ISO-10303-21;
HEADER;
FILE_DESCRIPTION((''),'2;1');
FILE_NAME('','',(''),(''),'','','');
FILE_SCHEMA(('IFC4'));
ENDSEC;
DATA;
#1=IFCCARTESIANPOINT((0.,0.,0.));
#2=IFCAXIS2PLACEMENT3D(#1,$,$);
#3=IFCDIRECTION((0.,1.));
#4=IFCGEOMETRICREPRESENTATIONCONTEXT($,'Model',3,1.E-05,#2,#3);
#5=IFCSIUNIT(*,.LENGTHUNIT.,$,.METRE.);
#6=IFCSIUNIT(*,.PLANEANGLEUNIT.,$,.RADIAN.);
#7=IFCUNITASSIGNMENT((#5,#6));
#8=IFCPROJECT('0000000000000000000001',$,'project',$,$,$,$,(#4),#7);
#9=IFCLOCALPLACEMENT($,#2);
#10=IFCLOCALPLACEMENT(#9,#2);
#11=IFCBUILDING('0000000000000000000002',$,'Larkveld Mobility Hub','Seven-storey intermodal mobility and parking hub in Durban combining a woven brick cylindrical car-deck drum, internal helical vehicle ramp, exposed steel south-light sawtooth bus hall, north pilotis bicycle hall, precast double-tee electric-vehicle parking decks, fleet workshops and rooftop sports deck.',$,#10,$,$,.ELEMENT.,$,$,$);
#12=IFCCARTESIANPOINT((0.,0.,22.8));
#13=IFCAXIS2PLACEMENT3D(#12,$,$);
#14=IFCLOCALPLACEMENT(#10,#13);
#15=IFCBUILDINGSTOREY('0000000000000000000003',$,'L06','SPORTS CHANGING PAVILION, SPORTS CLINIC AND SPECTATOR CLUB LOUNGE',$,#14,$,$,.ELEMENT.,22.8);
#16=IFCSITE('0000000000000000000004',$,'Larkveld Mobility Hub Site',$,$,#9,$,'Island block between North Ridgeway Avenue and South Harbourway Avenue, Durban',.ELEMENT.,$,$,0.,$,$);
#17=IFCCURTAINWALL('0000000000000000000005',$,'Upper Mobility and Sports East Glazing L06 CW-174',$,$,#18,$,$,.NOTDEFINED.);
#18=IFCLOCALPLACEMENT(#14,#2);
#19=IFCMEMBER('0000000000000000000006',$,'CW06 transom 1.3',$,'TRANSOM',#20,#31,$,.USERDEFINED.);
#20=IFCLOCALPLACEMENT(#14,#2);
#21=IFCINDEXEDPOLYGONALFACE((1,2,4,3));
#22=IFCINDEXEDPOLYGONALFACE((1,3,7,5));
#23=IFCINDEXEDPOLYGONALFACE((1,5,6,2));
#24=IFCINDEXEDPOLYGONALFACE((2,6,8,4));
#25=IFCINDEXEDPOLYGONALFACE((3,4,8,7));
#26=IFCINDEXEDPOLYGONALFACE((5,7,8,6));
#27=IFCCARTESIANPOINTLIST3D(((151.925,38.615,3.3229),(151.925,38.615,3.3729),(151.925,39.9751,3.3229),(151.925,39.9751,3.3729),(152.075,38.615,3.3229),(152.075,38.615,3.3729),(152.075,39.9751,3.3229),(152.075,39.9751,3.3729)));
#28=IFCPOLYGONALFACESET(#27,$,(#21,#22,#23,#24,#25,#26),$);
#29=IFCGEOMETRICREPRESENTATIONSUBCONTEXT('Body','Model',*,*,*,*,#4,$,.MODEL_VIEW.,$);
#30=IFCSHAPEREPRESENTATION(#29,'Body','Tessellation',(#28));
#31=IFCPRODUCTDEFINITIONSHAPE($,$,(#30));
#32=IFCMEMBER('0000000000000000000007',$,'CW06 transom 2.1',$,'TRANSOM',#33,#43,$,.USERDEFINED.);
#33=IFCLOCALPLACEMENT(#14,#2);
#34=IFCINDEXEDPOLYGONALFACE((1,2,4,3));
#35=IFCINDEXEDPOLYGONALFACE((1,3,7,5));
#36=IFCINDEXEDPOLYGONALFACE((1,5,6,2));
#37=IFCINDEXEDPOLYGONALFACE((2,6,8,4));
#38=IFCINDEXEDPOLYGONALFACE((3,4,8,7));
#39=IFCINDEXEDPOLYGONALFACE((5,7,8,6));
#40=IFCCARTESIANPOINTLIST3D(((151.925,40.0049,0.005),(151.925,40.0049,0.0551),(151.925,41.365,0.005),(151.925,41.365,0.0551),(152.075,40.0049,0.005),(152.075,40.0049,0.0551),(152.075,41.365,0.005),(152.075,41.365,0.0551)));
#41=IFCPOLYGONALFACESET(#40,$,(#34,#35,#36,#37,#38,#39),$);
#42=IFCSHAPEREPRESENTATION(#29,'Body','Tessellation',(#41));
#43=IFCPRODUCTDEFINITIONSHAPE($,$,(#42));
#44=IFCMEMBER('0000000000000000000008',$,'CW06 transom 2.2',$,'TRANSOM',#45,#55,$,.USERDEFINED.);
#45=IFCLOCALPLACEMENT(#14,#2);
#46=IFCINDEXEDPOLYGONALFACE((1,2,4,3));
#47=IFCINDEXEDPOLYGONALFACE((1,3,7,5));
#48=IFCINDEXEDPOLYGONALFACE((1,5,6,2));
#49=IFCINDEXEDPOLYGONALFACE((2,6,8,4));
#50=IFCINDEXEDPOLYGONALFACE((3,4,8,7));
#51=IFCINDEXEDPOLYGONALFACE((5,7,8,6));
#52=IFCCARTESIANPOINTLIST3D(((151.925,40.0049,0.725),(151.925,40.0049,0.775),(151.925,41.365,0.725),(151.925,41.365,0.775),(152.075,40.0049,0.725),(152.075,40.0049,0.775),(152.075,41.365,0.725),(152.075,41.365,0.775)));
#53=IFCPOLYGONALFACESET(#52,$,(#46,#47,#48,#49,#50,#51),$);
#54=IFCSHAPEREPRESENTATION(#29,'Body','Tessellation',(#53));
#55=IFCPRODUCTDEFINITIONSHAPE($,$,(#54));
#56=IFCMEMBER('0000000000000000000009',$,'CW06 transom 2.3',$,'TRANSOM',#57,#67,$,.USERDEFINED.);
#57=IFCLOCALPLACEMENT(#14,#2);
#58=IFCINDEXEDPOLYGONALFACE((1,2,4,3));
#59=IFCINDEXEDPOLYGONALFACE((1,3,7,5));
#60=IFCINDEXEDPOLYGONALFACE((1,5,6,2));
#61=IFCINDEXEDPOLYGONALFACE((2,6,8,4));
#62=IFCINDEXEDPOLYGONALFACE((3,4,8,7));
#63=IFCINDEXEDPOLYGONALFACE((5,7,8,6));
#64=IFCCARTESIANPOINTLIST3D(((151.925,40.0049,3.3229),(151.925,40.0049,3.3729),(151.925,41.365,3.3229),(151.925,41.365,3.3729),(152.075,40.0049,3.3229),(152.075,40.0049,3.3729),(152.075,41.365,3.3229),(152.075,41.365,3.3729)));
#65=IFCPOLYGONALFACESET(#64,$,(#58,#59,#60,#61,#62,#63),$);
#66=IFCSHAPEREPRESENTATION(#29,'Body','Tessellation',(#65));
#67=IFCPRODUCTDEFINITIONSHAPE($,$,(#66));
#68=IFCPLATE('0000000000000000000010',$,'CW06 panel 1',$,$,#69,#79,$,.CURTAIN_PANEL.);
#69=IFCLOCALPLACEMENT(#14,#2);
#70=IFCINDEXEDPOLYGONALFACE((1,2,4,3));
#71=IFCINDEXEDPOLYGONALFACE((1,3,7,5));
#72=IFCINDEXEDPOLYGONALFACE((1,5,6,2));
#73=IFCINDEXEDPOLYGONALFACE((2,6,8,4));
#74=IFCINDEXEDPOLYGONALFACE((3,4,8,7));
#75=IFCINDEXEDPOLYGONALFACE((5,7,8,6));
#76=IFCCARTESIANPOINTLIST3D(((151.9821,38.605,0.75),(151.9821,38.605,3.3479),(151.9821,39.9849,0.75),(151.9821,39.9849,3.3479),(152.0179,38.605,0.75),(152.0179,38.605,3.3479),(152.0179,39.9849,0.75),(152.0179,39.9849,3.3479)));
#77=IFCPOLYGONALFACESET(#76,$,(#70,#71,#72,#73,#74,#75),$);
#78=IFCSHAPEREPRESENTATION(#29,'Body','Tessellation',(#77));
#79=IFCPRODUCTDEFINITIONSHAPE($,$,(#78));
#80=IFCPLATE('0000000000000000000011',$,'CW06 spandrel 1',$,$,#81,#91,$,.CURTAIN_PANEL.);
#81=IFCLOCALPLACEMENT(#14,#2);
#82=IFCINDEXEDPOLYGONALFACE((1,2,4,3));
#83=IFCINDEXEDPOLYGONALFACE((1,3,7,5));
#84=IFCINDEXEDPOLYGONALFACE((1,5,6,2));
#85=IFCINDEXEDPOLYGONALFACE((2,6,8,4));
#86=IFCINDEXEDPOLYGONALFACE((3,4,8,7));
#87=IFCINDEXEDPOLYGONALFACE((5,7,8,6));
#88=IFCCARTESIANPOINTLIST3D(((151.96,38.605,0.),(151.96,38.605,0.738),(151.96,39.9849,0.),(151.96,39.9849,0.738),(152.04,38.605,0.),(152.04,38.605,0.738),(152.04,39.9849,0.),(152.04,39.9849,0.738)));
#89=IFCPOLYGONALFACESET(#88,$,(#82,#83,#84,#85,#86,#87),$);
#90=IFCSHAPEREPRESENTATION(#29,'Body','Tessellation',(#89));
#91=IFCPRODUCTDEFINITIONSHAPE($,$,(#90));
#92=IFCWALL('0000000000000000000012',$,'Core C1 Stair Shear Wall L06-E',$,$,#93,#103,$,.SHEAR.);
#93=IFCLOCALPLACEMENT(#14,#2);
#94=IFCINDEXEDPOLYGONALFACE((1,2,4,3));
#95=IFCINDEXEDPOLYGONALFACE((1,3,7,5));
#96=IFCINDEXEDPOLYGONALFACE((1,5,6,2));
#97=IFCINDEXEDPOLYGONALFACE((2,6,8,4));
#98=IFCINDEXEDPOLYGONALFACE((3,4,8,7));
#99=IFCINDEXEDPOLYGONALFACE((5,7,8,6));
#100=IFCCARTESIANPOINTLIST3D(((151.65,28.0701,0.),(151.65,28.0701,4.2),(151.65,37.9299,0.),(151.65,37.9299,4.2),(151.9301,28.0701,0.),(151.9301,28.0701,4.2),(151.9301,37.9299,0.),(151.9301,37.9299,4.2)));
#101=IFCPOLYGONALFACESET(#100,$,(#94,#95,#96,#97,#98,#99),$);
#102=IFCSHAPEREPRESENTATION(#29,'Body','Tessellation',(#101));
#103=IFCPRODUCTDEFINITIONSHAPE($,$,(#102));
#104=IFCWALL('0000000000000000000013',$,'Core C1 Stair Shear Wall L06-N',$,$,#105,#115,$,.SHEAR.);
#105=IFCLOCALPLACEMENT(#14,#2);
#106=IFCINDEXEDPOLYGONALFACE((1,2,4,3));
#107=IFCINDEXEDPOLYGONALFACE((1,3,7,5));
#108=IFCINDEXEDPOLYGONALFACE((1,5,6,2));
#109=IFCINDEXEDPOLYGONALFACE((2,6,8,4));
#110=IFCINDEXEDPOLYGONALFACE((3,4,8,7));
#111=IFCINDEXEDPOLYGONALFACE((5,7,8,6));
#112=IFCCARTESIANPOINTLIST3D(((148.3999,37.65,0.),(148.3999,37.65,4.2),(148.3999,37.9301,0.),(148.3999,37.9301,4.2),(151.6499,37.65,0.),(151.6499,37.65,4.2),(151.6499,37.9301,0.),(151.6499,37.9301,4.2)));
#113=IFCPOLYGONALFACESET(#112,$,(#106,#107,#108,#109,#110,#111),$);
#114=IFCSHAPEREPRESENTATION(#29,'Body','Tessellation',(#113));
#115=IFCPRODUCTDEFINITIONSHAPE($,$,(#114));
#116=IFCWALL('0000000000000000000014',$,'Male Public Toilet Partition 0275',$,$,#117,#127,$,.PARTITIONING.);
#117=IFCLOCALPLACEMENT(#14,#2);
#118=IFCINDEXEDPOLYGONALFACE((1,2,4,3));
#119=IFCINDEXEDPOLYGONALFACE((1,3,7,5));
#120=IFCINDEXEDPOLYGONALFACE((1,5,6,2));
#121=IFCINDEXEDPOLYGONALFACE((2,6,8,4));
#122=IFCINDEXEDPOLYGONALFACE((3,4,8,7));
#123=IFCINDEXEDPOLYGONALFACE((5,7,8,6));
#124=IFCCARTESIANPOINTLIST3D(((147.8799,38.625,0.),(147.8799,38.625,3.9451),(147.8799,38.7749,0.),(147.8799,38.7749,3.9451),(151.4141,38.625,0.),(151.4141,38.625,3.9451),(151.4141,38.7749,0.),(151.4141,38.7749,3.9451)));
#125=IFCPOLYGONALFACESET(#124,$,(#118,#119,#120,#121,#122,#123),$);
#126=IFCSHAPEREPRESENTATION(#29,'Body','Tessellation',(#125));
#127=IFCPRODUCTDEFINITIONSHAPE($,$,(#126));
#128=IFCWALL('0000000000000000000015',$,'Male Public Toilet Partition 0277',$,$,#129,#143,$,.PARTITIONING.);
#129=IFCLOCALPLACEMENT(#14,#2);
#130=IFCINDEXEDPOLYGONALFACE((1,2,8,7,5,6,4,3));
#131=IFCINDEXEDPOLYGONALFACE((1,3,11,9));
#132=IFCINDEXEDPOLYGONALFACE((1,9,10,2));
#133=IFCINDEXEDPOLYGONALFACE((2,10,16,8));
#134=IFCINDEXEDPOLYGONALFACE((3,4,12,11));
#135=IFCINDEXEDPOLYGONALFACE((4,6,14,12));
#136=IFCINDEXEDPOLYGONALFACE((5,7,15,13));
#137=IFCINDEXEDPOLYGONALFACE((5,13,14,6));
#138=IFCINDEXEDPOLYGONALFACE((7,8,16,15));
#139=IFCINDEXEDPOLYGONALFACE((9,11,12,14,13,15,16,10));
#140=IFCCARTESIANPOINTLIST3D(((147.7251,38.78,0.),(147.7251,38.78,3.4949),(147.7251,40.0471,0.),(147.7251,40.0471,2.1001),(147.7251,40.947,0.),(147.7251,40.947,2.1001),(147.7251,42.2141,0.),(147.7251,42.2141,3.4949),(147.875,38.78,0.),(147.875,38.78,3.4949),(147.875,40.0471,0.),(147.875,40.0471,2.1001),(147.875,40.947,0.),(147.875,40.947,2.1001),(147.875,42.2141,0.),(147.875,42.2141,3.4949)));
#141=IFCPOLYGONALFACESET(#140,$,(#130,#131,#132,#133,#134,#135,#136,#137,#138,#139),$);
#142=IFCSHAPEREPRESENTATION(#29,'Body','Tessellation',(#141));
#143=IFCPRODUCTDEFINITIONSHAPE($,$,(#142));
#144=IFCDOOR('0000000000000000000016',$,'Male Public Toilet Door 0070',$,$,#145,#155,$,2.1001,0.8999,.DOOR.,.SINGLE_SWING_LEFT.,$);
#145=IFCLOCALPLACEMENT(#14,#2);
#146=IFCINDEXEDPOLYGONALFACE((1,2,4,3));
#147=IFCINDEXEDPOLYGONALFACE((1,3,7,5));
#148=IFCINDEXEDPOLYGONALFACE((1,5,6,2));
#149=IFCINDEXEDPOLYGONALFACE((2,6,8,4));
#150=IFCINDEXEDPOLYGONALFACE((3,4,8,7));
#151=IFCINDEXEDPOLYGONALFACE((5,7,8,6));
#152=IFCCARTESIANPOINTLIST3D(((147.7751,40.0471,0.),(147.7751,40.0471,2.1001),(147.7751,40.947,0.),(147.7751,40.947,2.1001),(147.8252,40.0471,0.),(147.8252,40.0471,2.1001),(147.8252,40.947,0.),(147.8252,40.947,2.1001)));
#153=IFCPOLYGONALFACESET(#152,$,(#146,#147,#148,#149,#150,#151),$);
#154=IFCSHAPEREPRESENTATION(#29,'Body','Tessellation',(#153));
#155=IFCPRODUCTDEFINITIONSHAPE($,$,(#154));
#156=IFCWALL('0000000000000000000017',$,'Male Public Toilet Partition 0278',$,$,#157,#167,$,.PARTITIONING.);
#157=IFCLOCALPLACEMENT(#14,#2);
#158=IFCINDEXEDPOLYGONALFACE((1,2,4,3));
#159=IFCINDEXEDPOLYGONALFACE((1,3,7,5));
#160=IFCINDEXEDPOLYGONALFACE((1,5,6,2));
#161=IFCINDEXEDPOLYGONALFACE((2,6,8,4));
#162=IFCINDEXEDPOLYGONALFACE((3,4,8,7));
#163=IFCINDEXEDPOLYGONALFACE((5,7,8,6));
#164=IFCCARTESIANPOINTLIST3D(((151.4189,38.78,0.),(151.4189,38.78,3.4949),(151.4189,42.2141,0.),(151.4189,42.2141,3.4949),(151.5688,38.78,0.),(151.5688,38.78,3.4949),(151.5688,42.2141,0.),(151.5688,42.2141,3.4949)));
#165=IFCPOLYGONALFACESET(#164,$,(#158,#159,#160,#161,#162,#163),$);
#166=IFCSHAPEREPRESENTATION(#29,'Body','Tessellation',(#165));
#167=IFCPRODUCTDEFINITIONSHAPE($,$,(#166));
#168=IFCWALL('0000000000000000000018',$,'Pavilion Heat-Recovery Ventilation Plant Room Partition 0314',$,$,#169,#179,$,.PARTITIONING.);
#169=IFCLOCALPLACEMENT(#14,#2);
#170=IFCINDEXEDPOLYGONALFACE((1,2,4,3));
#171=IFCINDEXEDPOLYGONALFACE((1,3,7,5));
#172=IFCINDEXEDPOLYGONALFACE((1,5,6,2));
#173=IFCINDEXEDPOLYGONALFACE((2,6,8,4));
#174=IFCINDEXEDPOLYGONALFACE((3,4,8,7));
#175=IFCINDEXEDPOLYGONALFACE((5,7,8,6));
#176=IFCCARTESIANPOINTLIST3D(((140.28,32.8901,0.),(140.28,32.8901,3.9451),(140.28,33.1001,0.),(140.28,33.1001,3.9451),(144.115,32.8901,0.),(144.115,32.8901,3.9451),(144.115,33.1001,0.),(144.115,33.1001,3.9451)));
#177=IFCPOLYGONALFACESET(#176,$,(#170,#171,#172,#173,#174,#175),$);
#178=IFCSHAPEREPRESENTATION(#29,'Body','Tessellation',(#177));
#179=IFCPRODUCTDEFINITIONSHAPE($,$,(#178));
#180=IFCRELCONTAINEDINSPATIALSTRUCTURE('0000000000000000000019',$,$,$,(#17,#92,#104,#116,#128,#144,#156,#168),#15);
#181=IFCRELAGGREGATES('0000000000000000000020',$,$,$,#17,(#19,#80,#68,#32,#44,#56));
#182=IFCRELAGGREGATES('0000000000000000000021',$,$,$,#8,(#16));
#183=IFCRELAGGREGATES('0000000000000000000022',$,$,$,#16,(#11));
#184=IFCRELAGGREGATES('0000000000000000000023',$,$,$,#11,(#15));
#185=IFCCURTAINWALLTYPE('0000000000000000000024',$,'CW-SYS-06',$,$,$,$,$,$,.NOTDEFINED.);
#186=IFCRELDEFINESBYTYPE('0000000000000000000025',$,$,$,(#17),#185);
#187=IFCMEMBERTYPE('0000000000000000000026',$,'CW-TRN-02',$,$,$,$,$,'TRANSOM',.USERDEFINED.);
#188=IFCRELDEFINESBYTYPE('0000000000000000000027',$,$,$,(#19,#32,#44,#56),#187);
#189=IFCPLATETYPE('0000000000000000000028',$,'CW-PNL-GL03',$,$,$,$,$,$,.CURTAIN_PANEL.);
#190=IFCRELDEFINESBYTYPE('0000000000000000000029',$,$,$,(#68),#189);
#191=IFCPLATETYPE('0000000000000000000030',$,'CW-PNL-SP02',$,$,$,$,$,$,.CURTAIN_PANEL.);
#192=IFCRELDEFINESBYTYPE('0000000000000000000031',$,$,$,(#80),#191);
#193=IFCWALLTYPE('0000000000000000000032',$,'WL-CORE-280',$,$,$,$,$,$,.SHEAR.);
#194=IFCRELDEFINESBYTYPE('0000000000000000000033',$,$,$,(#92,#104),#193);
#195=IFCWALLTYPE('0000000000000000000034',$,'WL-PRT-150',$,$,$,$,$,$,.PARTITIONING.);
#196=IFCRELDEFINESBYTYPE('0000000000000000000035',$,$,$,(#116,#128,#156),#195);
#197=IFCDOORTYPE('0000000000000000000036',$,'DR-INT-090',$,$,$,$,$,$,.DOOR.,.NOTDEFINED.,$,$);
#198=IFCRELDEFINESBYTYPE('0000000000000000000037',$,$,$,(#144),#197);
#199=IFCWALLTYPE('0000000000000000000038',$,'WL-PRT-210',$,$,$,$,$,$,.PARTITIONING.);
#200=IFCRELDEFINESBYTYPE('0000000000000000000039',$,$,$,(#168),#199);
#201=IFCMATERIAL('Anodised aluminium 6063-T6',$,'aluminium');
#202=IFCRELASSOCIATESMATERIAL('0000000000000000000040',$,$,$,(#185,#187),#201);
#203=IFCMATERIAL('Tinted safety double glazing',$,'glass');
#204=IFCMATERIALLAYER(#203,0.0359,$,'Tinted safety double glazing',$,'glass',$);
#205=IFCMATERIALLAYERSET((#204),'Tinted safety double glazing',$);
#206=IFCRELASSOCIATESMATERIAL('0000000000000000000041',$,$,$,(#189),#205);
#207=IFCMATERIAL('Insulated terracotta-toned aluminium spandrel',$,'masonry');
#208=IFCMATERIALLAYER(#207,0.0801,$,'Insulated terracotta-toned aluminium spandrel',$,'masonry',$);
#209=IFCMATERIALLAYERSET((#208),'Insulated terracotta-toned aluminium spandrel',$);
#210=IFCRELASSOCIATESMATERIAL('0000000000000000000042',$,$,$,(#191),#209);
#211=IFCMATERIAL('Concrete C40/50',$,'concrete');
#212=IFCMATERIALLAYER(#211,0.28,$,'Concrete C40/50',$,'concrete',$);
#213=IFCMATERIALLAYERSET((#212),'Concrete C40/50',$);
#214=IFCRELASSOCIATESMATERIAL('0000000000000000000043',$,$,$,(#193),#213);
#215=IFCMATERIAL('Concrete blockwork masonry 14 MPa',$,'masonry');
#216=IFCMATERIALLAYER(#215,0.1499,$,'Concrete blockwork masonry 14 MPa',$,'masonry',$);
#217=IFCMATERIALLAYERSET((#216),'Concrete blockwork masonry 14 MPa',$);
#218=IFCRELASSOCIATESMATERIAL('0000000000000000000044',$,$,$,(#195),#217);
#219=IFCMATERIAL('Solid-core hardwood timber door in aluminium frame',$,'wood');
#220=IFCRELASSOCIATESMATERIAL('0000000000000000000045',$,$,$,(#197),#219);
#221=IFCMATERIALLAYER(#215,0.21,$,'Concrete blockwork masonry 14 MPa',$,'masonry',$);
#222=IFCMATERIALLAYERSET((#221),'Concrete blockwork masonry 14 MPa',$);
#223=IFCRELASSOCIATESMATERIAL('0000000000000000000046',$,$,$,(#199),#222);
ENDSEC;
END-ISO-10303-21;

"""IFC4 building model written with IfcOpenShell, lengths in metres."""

from ifc_helpers import new_model, si_unit, direction, frame, frame_2d, origin, origin_2d, place, context, subcontext, project, spatial, rectangle, extrude, material, layer, layer_set, material_profile, profile_set, type_object, element, fill, aggregate, save


model = new_model("IFC4")

# Units and contexts
model_context = context("Model", 3, precision=1e-05, world=origin(), true_north=direction((0.0, 1.0)))
body_context = subcontext(model_context, "Body", "Model", "MODEL_VIEW")
ifc_project = project(units=[si_unit("LENGTHUNIT", "METRE"), si_unit("PLANEANGLEUNIT", "RADIAN")], contexts=[model_context])

# Site, building, storey
site_placement = place(None, origin())
site = spatial("IfcSite", under=ifc_project, at=site_placement, Name="Larkveld Mobility Hub Site", LongName="Island block between North Ridgeway Avenue and South Harbourway Avenue, Durban", CompositionType="ELEMENT", RefElevation=0.0)
building_placement = place(site_placement, origin())
building = spatial("IfcBuilding", under=site, at=building_placement, Name="Larkveld Mobility Hub", Description="Seven-storey intermodal mobility and parking hub in Durban combining a woven brick cylindrical car-deck drum, internal helical vehicle ramp, exposed steel south-light sawtooth bus hall, north pilotis bicycle hall, precast double-tee electric-vehicle parking decks, fleet workshops and rooftop sports deck.", CompositionType="ELEMENT")
storey_placement = place(building_placement, frame((0.0, 0.0, 22.8)))
storey = spatial("IfcBuildingStorey", under=building, at=storey_placement, Name="L06", Description="SPORTS CHANGING PAVILION, SPORTS CLINIC AND SPECTATOR CLUB LOUNGE", CompositionType="ELEMENT", Elevation=22.8)

# Shared definitions
ifc_material_1 = material(Name="Concrete C40/50", Category="concrete")

# Curtain wall, members, plates
ifc_material_2 = material(Name="Anodised aluminium 6063-T6", Category="aluminium")
curtain_wall_type = type_object("IfcCurtainWallType", Name="CW-SYS-06", PredefinedType="NOTDEFINED", material=ifc_material_2)
curtain_wall_placement = place(storey_placement, origin())
curtain_wall = element("IfcCurtainWall", 1, at=curtain_wall_placement, inside=storey, type_object=curtain_wall_type, Name="Upper Mobility and Sports East Glazing L06 CW-174", PredefinedType="NOTDEFINED")
ifc_material_profile_1 = material_profile(ifc_material_2, rectangle(XDim=0.1499, YDim=0.05, at=origin_2d()), Name="ALU TRAN 50x150")
ifc_profile_set_1 = profile_set([ifc_material_profile_1], Name="Anodised aluminium 6063-T6")
member_type_1 = type_object("IfcMemberType", Name="CW-TRN-02", ElementType="TRANSOM", PredefinedType="USERDEFINED", material=ifc_profile_set_1)
member_1_placement = place(storey_placement, frame((152.0, 38.615, 3.3479), z_axis=(0.0, 1.0, 0.0), x_axis=(-1.0, 0.0, 0.0)))
member_1 = element("IfcMember", 2, at=member_1_placement, type_object=member_type_1, Name="CW06 transom 1.3", ObjectType="TRANSOM", PredefinedType="USERDEFINED", context=body_context, shape_type="SweptSolid", body=[
    extrude(rectangle(XDim=0.1499, YDim=0.05, at=origin_2d()), origin(), (0.0, 0.0, 1.0), 1.3601),
])
member_2_placement = place(storey_placement, frame((152.0, 40.0049, 0.03), z_axis=(0.0, 1.0, 0.0), x_axis=(-1.0, 0.0, 0.0)))
member_2 = element("IfcMember", 3, at=member_2_placement, type_object=member_type_1, Name="CW06 transom 2.1", ObjectType="TRANSOM", PredefinedType="USERDEFINED", context=body_context, shape_type="SweptSolid", body=[
    extrude(rectangle(XDim=0.1499, YDim=0.05, at=origin_2d()), origin(), (0.0, 0.0, 1.0), 1.3601),
])
member_3_placement = place(storey_placement, frame((152.0, 40.0049, 0.75), z_axis=(0.0, 1.0, 0.0), x_axis=(-1.0, 0.0, 0.0)))
member_3 = element("IfcMember", 4, at=member_3_placement, type_object=member_type_1, Name="CW06 transom 2.2", ObjectType="TRANSOM", PredefinedType="USERDEFINED", context=body_context, shape_type="SweptSolid", body=[
    extrude(rectangle(XDim=0.1499, YDim=0.05, at=origin_2d()), origin(), (0.0, 0.0, 1.0), 1.3601),
])
member_4_placement = place(storey_placement, frame((152.0, 40.0049, 3.3479), z_axis=(0.0, 1.0, 0.0), x_axis=(-1.0, 0.0, 0.0)))
member_4 = element("IfcMember", 5, at=member_4_placement, type_object=member_type_1, Name="CW06 transom 2.3", ObjectType="TRANSOM", PredefinedType="USERDEFINED", context=body_context, shape_type="SweptSolid", body=[
    extrude(rectangle(XDim=0.1499, YDim=0.05, at=origin_2d()), origin(), (0.0, 0.0, 1.0), 1.3601),
])
ifc_material_3 = material(Name="Tinted safety double glazing", Category="glass")
ifc_layer_1 = layer(ifc_material_3, 0.0359, Name="Tinted safety double glazing", Category="glass")
ifc_layer_set_1 = layer_set([ifc_layer_1], Name="Tinted safety double glazing")
plate_type_1 = type_object("IfcPlateType", Name="CW-PNL-GL03", PredefinedType="CURTAIN_PANEL", material=ifc_layer_set_1)
plate_1_placement = place(storey_placement, frame((152.0, 39.2949, 0.75), z_axis=(0.0, 0.0, 1.0), x_axis=(0.0, 1.0, 0.0)))
plate_1 = element("IfcPlate", 6, at=plate_1_placement, type_object=plate_type_1, Name="CW06 panel 1", PredefinedType="CURTAIN_PANEL", context=body_context, shape_type="SweptSolid", body=[
    extrude(rectangle(XDim=1.3799, YDim=0.0359, at=origin_2d()), origin(), (0.0, 0.0, 1.0), 2.5979),
])
ifc_material_4 = material(Name="Insulated terracotta-toned aluminium spandrel", Category="masonry")
ifc_layer_2 = layer(ifc_material_4, 0.0801, Name="Insulated terracotta-toned aluminium spandrel", Category="masonry")
ifc_layer_set_2 = layer_set([ifc_layer_2], Name="Insulated terracotta-toned aluminium spandrel")
plate_type_2 = type_object("IfcPlateType", Name="CW-PNL-SP02", PredefinedType="CURTAIN_PANEL", material=ifc_layer_set_2)
plate_2_placement = place(storey_placement, frame((152.0, 39.2949, 0.0), z_axis=(0.0, 0.0, 1.0), x_axis=(0.0, 1.0, 0.0)))
plate_2 = element("IfcPlate", 7, at=plate_2_placement, type_object=plate_type_2, Name="CW06 spandrel 1", PredefinedType="CURTAIN_PANEL", context=body_context, shape_type="SweptSolid", body=[
    extrude(rectangle(XDim=1.3799, YDim=0.0801, at=origin_2d()), origin(), (0.0, 0.0, 1.0), 0.738),
])
aggregate(curtain_wall, [member_1, plate_2, plate_1, member_2, member_3, member_4])

# Walls
ifc_layer_3 = layer(ifc_material_1, 0.28, Name="Concrete C40/50", Category="concrete")
ifc_layer_set_3 = layer_set([ifc_layer_3], Name="Concrete C40/50")
wall_type_1 = type_object("IfcWallType", Name="WL-CORE-280", PredefinedType="SHEAR", material=ifc_layer_set_3)
wall_1_placement = place(storey_placement, frame((151.79, 37.9299, 0.0), z_axis=(0.0, 0.0, 1.0), x_axis=(0.0, -1.0, 0.0)))
element("IfcWall", 8, at=wall_1_placement, inside=storey, type_object=wall_type_1, Name="Core C1 Stair Shear Wall L06-E", PredefinedType="SHEAR", context=body_context, shape_type="SweptSolid", body=[
    extrude(rectangle(XDim=9.8599, YDim=0.28, at=frame_2d((4.9299, 0.0))), origin(), (0.0, 0.0, 1.0), 4.2),
])
wall_2_placement = place(storey_placement, frame((148.3999, 37.79, 0.0), z_axis=(0.0, 0.0, 1.0), x_axis=(1.0, 0.0, 0.0)))
element("IfcWall", 9, at=wall_2_placement, inside=storey, type_object=wall_type_1, Name="Core C1 Stair Shear Wall L06-N", PredefinedType="SHEAR", context=body_context, shape_type="SweptSolid", body=[
    extrude(rectangle(XDim=3.25, YDim=0.28, at=frame_2d((1.625, 0.0))), origin(), (0.0, 0.0, 1.0), 4.2),
])
ifc_material_5 = material(Name="Concrete blockwork masonry 14 MPa", Category="masonry")
ifc_layer_4 = layer(ifc_material_5, 0.1499, Name="Concrete blockwork masonry 14 MPa", Category="masonry")
ifc_layer_set_4 = layer_set([ifc_layer_4], Name="Concrete blockwork masonry 14 MPa")
wall_type_2 = type_object("IfcWallType", Name="WL-PRT-150", PredefinedType="PARTITIONING", material=ifc_layer_set_4)
wall_3_placement = place(storey_placement, frame((147.8799, 38.7, 0.0), z_axis=(0.0, 0.0, 1.0), x_axis=(1.0, 0.0, 0.0)))
element("IfcWall", 10, at=wall_3_placement, inside=storey, type_object=wall_type_2, Name="Male Public Toilet Partition 0275", PredefinedType="PARTITIONING", context=body_context, shape_type="SweptSolid", body=[
    extrude(rectangle(XDim=3.5342, YDim=0.1499, at=frame_2d((1.7671, 0.0))), origin(), (0.0, 0.0, 1.0), 3.9451),
])

# Wall, opening, door
wall_4_placement = place(storey_placement, frame((147.8, 38.78, 0.0), z_axis=(0.0, 0.0, 1.0), x_axis=(0.0, 1.0, 0.0)))
wall_4 = element("IfcWall", 11, at=wall_4_placement, inside=storey, type_object=wall_type_2, Name="Male Public Toilet Partition 0277", PredefinedType="PARTITIONING", context=body_context, shape_type="SweptSolid", body=[
    extrude(rectangle(XDim=3.4341, YDim=0.1499, at=frame_2d((1.717, 0.0))), origin(), (0.0, 0.0, 1.0), 3.4949),
])
opening_1_placement = place(wall_4_placement, frame((1.2671, 0.0, 0.0)))
opening_1 = element("IfcOpeningElement", 12, at=opening_1_placement, cuts=wall_4, PredefinedType="OPENING", context=body_context, shape_type="SweptSolid", body=[
    extrude(rectangle(XDim=0.8999, YDim=2.1001, at=frame_2d((0.45, 1.05))), frame((0.0, 0.085, 0.0), z_axis=(0.0, -1.0, 0.0), x_axis=(1.0, 0.0, 0.0)), (0.0, 0.0, 1.0), 0.1699),
])
ifc_material_6 = material(Name="Solid-core hardwood timber door in aluminium frame", Category="wood")
door_type_1 = type_object("IfcDoorType", Name="DR-INT-090", OperationType="NOTDEFINED", PredefinedType="DOOR", material=ifc_material_6)
door_1_placement = place(opening_1_placement, origin())
door_1 = element("IfcDoor", 13, at=door_1_placement, inside=storey, type_object=door_type_1, Name="Male Public Toilet Door 0070", OperationType="SINGLE_SWING_LEFT", OverallHeight=2.1001, OverallWidth=0.8999, PredefinedType="DOOR", context=body_context, shape_type="SweptSolid", body=[
    extrude(rectangle(XDim=0.8999, YDim=2.1001, at=frame_2d((0.45, 1.05))), frame((0.0, 0.0249, 0.0), z_axis=(0.0, -1.0, 0.0), x_axis=(1.0, 0.0, 0.0)), (0.0, 0.0, 1.0), 0.05),
])
fill(opening_1, door_1)

# Walls
wall_5_placement = place(storey_placement, frame((151.4939, 38.78, 0.0), z_axis=(0.0, 0.0, 1.0), x_axis=(0.0, 1.0, 0.0)))
element("IfcWall", 14, at=wall_5_placement, inside=storey, type_object=wall_type_2, Name="Male Public Toilet Partition 0278", PredefinedType="PARTITIONING", context=body_context, shape_type="SweptSolid", body=[
    extrude(rectangle(XDim=3.4341, YDim=0.1499, at=frame_2d((1.717, 0.0))), origin(), (0.0, 0.0, 1.0), 3.4949),
])
ifc_layer_5 = layer(ifc_material_5, 0.21, Name="Concrete blockwork masonry 14 MPa", Category="masonry")
ifc_layer_set_5 = layer_set([ifc_layer_5], Name="Concrete blockwork masonry 14 MPa")
wall_type_3 = type_object("IfcWallType", Name="WL-PRT-210", PredefinedType="PARTITIONING", material=ifc_layer_set_5)
wall_6_placement = place(storey_placement, frame((140.28, 32.9951, 0.0), z_axis=(0.0, 0.0, 1.0), x_axis=(1.0, 0.0, 0.0)))
element("IfcWall", 15, at=wall_6_placement, inside=storey, type_object=wall_type_3, Name="Pavilion Heat-Recovery Ventilation Plant Room Partition 0314", PredefinedType="PARTITIONING", context=body_context, shape_type="SweptSolid", body=[
    extrude(rectangle(XDim=3.835, YDim=0.21, at=frame_2d((1.9175, 0.0))), origin(), (0.0, 0.0, 1.0), 3.9451),
])

save(model, "model.ifc")
